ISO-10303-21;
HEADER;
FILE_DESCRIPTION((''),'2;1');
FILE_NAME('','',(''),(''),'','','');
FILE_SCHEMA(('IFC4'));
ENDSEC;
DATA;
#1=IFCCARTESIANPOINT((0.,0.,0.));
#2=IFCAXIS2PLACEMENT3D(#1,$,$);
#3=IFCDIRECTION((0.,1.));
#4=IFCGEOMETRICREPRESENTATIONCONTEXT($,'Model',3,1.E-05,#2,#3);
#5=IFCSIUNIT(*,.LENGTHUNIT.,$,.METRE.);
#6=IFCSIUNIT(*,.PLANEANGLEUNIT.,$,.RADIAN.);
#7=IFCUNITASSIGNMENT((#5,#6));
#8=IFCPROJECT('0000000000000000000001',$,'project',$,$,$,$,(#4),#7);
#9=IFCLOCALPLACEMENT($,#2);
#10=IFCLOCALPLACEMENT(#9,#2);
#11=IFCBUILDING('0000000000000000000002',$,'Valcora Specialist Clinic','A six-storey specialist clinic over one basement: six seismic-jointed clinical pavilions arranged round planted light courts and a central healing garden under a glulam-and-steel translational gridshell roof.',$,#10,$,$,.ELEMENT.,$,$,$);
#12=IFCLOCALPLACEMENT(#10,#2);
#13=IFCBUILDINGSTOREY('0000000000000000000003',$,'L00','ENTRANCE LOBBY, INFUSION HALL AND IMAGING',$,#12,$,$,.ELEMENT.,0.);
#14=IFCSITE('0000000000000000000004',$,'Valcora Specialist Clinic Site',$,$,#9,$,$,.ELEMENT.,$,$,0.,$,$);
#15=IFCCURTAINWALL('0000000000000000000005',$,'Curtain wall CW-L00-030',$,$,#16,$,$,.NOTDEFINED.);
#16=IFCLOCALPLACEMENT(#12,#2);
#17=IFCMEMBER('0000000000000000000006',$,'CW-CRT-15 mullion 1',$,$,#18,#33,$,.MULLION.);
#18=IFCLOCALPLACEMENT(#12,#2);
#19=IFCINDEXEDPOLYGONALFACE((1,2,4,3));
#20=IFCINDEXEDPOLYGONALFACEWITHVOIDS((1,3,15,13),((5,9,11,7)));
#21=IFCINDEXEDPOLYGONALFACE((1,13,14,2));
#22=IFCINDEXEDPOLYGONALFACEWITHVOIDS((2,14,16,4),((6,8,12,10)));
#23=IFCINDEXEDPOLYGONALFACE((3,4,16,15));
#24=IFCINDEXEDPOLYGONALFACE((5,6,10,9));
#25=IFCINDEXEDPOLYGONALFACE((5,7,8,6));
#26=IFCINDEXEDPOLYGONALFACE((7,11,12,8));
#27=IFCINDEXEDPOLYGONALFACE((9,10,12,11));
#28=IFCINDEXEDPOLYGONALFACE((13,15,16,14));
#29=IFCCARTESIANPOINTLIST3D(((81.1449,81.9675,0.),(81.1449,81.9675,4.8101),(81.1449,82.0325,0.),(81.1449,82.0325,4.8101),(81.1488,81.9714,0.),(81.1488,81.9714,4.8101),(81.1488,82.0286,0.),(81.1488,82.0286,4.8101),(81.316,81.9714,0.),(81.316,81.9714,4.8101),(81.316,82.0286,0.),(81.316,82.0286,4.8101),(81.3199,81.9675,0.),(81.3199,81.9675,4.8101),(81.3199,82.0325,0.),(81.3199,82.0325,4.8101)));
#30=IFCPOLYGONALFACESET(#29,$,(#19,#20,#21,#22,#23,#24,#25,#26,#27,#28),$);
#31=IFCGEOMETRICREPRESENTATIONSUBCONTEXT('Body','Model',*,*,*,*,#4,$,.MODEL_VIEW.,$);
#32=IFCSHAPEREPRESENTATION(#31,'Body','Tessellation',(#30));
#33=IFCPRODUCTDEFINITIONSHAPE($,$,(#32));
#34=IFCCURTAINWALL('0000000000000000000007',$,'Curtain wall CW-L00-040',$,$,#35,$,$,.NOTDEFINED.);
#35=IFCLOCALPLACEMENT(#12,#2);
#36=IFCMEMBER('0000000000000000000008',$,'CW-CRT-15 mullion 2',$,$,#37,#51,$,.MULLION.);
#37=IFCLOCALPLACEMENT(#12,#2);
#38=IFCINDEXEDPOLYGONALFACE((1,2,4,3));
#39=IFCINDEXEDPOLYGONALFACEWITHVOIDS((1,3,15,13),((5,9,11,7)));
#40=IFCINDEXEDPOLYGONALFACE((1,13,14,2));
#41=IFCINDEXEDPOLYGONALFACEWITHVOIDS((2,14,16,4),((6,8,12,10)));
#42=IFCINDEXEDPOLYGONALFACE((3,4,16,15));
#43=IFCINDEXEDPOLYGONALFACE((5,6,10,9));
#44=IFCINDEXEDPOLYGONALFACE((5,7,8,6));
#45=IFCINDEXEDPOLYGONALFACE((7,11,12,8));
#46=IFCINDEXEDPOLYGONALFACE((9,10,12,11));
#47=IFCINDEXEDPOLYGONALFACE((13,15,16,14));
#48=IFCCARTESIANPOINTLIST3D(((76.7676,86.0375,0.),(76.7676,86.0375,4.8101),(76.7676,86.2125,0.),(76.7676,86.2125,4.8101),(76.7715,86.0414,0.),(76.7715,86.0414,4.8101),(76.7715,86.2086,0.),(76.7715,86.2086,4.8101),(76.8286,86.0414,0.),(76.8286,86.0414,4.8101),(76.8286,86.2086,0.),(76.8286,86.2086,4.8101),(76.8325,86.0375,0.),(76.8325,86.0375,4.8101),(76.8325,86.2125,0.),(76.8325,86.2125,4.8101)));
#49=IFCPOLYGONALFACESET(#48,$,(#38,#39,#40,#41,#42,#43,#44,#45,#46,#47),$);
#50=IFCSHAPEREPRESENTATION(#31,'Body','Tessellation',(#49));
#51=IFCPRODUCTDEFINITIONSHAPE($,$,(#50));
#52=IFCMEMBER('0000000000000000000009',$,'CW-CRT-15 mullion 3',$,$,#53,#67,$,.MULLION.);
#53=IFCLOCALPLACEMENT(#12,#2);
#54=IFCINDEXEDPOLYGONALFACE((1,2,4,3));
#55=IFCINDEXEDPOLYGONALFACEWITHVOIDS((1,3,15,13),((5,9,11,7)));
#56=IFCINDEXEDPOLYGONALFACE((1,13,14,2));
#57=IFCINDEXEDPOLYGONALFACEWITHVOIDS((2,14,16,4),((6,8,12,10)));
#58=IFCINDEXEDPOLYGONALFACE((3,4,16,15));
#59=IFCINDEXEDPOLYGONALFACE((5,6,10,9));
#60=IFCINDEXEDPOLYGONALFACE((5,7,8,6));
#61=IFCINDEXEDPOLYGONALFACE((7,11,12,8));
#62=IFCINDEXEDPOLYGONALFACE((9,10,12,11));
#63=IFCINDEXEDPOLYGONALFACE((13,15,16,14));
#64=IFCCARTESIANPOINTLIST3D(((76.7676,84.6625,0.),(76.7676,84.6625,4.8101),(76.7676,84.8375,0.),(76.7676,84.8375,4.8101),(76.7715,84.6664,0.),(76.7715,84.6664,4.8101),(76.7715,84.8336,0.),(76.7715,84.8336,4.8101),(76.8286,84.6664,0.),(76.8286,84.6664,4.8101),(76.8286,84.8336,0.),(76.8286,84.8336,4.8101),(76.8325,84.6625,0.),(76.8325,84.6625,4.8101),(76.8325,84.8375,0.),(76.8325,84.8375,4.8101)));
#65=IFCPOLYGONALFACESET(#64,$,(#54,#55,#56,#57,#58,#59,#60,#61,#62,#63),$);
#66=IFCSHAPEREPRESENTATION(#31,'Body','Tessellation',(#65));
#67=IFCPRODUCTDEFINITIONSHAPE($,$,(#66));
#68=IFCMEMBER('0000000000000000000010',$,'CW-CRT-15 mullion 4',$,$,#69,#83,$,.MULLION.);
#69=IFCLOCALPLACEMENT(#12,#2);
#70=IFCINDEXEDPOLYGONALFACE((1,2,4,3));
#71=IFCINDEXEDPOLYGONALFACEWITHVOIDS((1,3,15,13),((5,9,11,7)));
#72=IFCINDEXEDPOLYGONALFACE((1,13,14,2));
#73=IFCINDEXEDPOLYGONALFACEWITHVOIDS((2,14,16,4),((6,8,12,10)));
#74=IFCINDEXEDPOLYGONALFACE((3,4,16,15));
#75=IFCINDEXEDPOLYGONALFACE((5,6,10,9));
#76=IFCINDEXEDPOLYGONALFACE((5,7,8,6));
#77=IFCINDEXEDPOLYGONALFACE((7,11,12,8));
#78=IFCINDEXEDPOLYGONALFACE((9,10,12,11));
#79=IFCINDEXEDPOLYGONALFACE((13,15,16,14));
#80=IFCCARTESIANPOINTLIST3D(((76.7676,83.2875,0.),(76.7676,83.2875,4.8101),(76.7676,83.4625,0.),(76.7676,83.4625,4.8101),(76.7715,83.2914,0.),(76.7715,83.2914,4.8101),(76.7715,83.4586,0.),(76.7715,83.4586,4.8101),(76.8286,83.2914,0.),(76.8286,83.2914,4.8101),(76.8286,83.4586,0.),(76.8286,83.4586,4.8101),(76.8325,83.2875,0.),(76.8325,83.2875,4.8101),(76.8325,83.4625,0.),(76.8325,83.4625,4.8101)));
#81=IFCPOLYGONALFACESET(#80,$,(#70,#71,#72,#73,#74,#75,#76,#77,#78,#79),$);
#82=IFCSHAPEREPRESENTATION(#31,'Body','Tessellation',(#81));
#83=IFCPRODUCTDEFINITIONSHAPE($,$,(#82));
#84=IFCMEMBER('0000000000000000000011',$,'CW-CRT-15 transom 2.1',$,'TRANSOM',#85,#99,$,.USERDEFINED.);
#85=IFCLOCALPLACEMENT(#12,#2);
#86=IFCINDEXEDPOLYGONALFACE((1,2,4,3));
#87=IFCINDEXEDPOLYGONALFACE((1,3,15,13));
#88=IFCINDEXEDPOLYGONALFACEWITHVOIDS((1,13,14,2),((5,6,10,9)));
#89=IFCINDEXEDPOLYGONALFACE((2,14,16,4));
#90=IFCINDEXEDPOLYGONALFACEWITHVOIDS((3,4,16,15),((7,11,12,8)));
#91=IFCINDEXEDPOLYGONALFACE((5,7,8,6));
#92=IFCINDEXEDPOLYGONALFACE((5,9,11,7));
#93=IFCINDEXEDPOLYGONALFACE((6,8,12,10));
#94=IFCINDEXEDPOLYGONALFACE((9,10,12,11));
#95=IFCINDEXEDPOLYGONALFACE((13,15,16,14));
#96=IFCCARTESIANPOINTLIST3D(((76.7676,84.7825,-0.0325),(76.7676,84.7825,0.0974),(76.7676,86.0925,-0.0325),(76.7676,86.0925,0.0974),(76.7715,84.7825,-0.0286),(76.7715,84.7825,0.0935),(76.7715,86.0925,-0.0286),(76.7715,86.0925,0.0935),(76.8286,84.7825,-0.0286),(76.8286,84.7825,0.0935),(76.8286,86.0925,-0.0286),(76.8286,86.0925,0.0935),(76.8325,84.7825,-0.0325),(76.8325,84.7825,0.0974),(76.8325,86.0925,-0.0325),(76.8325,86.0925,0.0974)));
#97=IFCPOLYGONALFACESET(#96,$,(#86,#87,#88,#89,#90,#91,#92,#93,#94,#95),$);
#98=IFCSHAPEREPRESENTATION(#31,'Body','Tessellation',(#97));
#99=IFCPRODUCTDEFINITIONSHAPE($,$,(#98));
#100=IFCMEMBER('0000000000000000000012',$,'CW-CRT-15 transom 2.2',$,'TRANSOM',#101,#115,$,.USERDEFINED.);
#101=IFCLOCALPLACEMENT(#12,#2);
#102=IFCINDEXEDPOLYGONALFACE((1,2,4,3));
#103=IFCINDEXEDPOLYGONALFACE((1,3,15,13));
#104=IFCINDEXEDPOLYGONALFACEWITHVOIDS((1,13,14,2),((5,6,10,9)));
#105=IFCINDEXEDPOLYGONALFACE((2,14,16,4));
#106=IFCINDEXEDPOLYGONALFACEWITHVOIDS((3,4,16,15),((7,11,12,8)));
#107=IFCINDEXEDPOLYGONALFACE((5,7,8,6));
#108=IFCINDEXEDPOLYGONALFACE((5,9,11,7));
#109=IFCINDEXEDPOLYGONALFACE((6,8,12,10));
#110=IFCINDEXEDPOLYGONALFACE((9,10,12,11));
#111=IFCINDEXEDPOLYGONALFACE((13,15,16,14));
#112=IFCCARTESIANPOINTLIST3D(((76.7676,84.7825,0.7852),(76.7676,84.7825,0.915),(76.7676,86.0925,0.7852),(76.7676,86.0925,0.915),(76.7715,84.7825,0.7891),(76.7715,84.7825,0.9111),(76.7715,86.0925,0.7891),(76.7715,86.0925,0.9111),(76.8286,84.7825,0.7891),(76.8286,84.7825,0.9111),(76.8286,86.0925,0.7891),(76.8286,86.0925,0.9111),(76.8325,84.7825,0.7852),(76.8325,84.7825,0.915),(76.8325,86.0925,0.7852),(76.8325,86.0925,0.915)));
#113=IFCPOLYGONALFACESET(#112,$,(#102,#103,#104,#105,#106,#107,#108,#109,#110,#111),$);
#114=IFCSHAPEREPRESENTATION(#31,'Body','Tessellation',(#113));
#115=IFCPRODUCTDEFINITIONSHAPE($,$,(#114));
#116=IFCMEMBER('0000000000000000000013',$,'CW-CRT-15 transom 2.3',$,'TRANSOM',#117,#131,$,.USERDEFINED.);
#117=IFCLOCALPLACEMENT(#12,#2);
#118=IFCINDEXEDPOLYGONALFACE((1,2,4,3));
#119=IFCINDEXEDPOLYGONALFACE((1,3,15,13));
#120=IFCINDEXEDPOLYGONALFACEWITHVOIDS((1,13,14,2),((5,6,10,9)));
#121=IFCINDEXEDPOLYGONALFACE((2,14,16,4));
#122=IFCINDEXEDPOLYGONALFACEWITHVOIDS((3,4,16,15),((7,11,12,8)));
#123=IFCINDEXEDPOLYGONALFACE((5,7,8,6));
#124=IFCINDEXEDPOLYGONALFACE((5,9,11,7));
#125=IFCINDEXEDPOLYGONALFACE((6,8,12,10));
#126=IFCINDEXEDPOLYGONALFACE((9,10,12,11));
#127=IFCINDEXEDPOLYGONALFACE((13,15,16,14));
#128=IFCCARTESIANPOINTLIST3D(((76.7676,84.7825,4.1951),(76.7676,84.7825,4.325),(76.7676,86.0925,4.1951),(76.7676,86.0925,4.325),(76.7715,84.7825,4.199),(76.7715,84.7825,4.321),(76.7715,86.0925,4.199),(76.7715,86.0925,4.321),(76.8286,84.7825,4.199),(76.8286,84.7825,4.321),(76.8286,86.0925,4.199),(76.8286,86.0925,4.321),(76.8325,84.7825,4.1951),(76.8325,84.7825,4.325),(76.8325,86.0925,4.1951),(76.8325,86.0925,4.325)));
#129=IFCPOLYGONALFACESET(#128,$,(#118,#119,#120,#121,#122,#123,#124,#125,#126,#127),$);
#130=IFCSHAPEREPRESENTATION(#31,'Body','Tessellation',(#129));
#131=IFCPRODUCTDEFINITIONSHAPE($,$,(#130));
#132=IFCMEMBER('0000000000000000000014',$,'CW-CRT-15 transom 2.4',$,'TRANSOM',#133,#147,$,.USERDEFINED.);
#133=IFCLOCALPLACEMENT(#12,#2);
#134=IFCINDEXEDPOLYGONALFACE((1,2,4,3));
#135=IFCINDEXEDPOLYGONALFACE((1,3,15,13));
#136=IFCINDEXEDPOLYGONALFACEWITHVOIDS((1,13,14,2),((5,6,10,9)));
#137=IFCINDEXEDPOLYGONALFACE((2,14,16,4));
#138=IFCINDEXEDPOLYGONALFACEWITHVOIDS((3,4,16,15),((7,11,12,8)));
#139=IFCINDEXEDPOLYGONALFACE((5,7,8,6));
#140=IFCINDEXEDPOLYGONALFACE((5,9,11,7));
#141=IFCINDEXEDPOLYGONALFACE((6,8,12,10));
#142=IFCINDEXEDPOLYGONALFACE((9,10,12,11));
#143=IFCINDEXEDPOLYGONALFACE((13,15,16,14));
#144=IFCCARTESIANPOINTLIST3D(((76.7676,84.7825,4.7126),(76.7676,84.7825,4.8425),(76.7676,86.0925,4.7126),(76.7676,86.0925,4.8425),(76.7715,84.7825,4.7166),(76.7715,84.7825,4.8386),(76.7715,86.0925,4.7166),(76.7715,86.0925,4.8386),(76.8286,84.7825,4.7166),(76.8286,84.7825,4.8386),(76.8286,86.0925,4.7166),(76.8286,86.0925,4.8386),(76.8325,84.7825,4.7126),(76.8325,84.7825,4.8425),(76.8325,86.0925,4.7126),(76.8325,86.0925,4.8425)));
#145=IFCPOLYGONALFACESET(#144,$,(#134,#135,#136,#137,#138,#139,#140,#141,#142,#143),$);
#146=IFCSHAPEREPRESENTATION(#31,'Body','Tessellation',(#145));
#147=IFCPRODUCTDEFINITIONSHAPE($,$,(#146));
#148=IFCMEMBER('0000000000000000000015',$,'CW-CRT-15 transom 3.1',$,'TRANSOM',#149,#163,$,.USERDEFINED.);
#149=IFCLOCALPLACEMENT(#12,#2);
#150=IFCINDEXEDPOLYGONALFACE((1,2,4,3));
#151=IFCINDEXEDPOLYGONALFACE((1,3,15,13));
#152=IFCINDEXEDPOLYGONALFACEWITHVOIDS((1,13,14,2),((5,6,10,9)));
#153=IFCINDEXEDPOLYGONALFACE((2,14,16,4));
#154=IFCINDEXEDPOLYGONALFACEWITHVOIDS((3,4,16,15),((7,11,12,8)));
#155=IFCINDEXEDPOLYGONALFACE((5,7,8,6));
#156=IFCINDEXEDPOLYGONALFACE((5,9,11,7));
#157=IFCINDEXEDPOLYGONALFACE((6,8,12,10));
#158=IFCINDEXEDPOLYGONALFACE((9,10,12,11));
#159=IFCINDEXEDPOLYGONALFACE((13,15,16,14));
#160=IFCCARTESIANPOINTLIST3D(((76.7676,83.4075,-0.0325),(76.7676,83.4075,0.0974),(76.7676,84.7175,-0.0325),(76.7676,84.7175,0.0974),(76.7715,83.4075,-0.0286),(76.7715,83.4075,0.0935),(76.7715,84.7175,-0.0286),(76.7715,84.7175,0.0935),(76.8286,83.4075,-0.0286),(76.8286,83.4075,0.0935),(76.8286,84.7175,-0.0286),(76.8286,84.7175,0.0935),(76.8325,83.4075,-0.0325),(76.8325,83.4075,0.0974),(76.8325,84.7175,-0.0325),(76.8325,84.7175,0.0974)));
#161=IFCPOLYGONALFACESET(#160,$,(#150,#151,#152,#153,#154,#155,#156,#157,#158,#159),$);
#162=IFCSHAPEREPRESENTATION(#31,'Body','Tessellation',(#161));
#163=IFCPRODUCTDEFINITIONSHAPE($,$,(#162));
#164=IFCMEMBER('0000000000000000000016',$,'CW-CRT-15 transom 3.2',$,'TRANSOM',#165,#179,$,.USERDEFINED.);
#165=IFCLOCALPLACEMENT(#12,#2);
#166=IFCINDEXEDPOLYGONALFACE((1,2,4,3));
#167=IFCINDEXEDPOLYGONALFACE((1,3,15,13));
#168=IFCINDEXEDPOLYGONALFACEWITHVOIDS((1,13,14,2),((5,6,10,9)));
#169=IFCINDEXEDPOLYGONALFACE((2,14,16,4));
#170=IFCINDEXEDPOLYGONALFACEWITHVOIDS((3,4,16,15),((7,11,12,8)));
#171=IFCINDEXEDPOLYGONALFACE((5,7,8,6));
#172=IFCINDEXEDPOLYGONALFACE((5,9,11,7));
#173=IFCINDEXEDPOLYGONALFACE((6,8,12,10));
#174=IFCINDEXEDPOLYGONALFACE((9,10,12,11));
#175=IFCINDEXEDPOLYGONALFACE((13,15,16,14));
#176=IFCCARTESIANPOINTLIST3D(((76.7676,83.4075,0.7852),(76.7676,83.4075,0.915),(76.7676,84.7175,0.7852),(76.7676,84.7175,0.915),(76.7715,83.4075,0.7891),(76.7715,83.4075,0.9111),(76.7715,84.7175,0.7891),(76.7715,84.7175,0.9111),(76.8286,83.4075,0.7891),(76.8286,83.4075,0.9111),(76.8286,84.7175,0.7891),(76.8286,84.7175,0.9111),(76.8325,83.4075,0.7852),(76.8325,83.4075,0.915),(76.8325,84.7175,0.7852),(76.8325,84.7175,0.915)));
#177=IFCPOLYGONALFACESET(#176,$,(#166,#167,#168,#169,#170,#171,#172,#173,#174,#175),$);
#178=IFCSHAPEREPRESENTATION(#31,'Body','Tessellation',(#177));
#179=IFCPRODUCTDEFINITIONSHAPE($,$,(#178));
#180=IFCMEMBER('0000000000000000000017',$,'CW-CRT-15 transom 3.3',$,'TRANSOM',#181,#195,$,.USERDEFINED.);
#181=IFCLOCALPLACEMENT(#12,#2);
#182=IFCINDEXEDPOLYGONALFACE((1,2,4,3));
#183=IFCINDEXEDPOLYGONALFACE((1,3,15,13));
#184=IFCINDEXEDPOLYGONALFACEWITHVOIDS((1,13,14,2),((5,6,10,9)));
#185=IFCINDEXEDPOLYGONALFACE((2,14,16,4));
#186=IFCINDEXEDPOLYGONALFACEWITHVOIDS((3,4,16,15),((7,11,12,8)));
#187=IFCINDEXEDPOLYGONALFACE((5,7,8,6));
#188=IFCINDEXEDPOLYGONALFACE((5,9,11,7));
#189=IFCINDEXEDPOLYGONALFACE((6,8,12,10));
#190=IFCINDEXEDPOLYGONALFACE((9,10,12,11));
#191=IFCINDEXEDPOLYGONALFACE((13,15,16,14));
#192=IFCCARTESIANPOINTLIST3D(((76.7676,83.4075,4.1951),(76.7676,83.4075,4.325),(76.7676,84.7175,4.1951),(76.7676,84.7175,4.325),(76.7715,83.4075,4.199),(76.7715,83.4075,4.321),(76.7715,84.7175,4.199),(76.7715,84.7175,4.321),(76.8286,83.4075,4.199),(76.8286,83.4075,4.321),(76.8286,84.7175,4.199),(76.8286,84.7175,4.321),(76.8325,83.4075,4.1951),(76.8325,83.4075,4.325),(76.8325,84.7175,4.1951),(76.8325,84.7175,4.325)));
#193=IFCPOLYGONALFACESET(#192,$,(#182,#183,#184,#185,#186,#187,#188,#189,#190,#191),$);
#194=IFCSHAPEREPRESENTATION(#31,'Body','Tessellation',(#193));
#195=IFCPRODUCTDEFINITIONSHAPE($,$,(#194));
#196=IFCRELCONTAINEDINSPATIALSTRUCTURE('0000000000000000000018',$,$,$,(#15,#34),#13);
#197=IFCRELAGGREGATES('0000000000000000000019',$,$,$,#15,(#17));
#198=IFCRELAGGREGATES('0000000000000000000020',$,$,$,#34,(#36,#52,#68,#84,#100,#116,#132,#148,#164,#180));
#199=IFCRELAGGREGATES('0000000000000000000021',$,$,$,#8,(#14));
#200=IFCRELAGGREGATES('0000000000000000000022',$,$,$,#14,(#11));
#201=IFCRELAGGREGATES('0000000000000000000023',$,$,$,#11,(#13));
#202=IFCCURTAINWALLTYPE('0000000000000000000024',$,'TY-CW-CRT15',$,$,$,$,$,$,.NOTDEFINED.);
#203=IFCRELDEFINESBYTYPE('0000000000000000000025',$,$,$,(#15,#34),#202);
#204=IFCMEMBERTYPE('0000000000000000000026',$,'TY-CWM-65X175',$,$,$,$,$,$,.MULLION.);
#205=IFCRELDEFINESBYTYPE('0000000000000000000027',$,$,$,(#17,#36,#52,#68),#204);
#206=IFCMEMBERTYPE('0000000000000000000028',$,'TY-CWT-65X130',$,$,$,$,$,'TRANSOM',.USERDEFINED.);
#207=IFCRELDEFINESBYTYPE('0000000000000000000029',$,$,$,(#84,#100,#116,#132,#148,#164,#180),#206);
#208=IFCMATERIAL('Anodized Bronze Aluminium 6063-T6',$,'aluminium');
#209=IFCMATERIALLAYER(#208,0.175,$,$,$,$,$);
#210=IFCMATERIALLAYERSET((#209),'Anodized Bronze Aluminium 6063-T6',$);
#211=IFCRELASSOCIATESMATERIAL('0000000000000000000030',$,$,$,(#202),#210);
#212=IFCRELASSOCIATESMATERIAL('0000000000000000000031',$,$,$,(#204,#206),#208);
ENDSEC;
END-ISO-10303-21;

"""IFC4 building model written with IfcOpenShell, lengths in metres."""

from ifc_helpers import new_model, si_unit, direction, frame, origin, origin_2d, place, context, subcontext, project, spatial, hollow_rectangle, extrude, material, layer, layer_set, material_profile, profile_set, type_object, element, aggregate, save


model = new_model("IFC4")

# Units and contexts
model_context = context("Model", 3, precision=1e-05, world=origin(), true_north=direction((0.0, 1.0)))
body_context = subcontext(model_context, "Body", "Model", "MODEL_VIEW")
ifc_project = project(units=[si_unit("LENGTHUNIT", "METRE"), si_unit("PLANEANGLEUNIT", "RADIAN")], contexts=[model_context])

# Site, building, storey
site_placement = place(None, origin())
site = spatial("IfcSite", under=ifc_project, at=site_placement, Name="Valcora Specialist Clinic Site", CompositionType="ELEMENT", RefElevation=0.0)
building_placement = place(site_placement, origin())
building = spatial("IfcBuilding", under=site, at=building_placement, Name="Valcora Specialist Clinic", Description="A six-storey specialist clinic over one basement: six seismic-jointed clinical pavilions arranged round planted light courts and a central healing garden under a glulam-and-steel translational gridshell roof.", CompositionType="ELEMENT")
storey_placement = place(building_placement, origin())
storey = spatial("IfcBuildingStorey", under=building, at=storey_placement, Name="L00", Description="ENTRANCE LOBBY, INFUSION HALL AND IMAGING", CompositionType="ELEMENT", Elevation=0.0)

# Curtain wall, member
ifc_material_1 = material(Name="Anodized Bronze Aluminium 6063-T6", Category="aluminium")
ifc_layer_1 = layer(ifc_material_1, 0.175)
ifc_layer_set_1 = layer_set([ifc_layer_1], Name="Anodized Bronze Aluminium 6063-T6")
curtain_wall_type = type_object("IfcCurtainWallType", Name="TY-CW-CRT15", PredefinedType="NOTDEFINED", material=ifc_layer_set_1)
curtain_wall_1_placement = place(storey_placement, origin())
curtain_wall_1 = element("IfcCurtainWall", 1, at=curtain_wall_1_placement, inside=storey, type_object=curtain_wall_type, Name="Curtain wall CW-L00-030", PredefinedType="NOTDEFINED")
ifc_material_profile_1 = material_profile(ifc_material_1, hollow_rectangle(XDim=0.0649, YDim=0.175, WallThickness=0.0039, at=origin_2d()), Name="AL-MUL-65X175")
ifc_profile_set_1 = profile_set([ifc_material_profile_1], Name="Anodized Bronze Aluminium 6063-T6")
member_type_1 = type_object("IfcMemberType", Name="TY-CWM-65X175", PredefinedType="MULLION", material=ifc_profile_set_1)
member_1_placement = place(storey_placement, frame((81.2324, 82.0, 0.0), z_axis=(0.0, 0.0, 1.0), x_axis=(0.0, 1.0, 0.0)))
member_1 = element("IfcMember", 2, at=member_1_placement, type_object=member_type_1, Name="CW-CRT-15 mullion 1", PredefinedType="MULLION", context=body_context, shape_type="SweptSolid", body=[
    extrude(hollow_rectangle(XDim=0.0649, YDim=0.175, WallThickness=0.0039, at=origin_2d()), origin(), (0.0, 0.0, 1.0), 4.8101),
])
aggregate(curtain_wall_1, [member_1])

# Curtain wall, members
curtain_wall_2_placement = place(storey_placement, origin())
curtain_wall_2 = element("IfcCurtainWall", 3, at=curtain_wall_2_placement, inside=storey, type_object=curtain_wall_type, Name="Curtain wall CW-L00-040", PredefinedType="NOTDEFINED")
member_2_placement = place(storey_placement, frame((76.8, 86.125, 0.0), z_axis=(0.0, 0.0, 1.0), x_axis=(1.0, 0.0, 0.0)))
member_2 = element("IfcMember", 4, at=member_2_placement, type_object=member_type_1, Name="CW-CRT-15 mullion 2", PredefinedType="MULLION", context=body_context, shape_type="SweptSolid", body=[
    extrude(hollow_rectangle(XDim=0.0649, YDim=0.175, WallThickness=0.0039, at=origin_2d()), origin(), (0.0, 0.0, 1.0), 4.8101),
])
member_3_placement = place(storey_placement, frame((76.8, 84.75, 0.0), z_axis=(0.0, 0.0, 1.0), x_axis=(1.0, 0.0, 0.0)))
member_3 = element("IfcMember", 5, at=member_3_placement, type_object=member_type_1, Name="CW-CRT-15 mullion 3", PredefinedType="MULLION", context=body_context, shape_type="SweptSolid", body=[
    extrude(hollow_rectangle(XDim=0.0649, YDim=0.175, WallThickness=0.0039, at=origin_2d()), origin(), (0.0, 0.0, 1.0), 4.8101),
])
member_4_placement = place(storey_placement, frame((76.8, 83.375, 0.0), z_axis=(0.0, 0.0, 1.0), x_axis=(1.0, 0.0, 0.0)))
member_4 = element("IfcMember", 6, at=member_4_placement, type_object=member_type_1, Name="CW-CRT-15 mullion 4", PredefinedType="MULLION", context=body_context, shape_type="SweptSolid", body=[
    extrude(hollow_rectangle(XDim=0.0649, YDim=0.175, WallThickness=0.0039, at=origin_2d()), origin(), (0.0, 0.0, 1.0), 4.8101),
])
ifc_material_profile_2 = material_profile(ifc_material_1, hollow_rectangle(XDim=0.0649, YDim=0.1299, WallThickness=0.0039, at=origin_2d()), Name="AL-TRN-65X130")
ifc_profile_set_2 = profile_set([ifc_material_profile_2], Name="Anodized Bronze Aluminium 6063-T6")
member_type_2 = type_object("IfcMemberType", Name="TY-CWT-65X130", ElementType="TRANSOM", PredefinedType="USERDEFINED", material=ifc_profile_set_2)
member_5_placement = place(storey_placement, frame((76.8, 86.0925, 0.0325), z_axis=(0.0, -1.0, 0.0), x_axis=(1.0, 0.0, 0.0)))
member_5 = element("IfcMember", 7, at=member_5_placement, type_object=member_type_2, Name="CW-CRT-15 transom 2.1", ObjectType="TRANSOM", PredefinedType="USERDEFINED", context=body_context, shape_type="SweptSolid", body=[
    extrude(hollow_rectangle(XDim=0.0649, YDim=0.1299, WallThickness=0.0039, at=origin_2d()), origin(), (0.0, 0.0, 1.0), 1.3101),
])
member_6_placement = place(storey_placement, frame((76.8, 86.0925, 0.8501), z_axis=(0.0, -1.0, 0.0), x_axis=(1.0, 0.0, 0.0)))
member_6 = element("IfcMember", 8, at=member_6_placement, type_object=member_type_2, Name="CW-CRT-15 transom 2.2", ObjectType="TRANSOM", PredefinedType="USERDEFINED", context=body_context, shape_type="SweptSolid", body=[
    extrude(hollow_rectangle(XDim=0.0649, YDim=0.1299, WallThickness=0.0039, at=origin_2d()), origin(), (0.0, 0.0, 1.0), 1.3101),
])
member_7_placement = place(storey_placement, frame((76.8, 86.0925, 4.26), z_axis=(0.0, -1.0, 0.0), x_axis=(1.0, 0.0, 0.0)))
member_7 = element("IfcMember", 9, at=member_7_placement, type_object=member_type_2, Name="CW-CRT-15 transom 2.3", ObjectType="TRANSOM", PredefinedType="USERDEFINED", context=body_context, shape_type="SweptSolid", body=[
    extrude(hollow_rectangle(XDim=0.0649, YDim=0.1299, WallThickness=0.0039, at=origin_2d()), origin(), (0.0, 0.0, 1.0), 1.3101),
])
member_8_placement = place(storey_placement, frame((76.8, 86.0925, 4.7776), z_axis=(0.0, -1.0, 0.0), x_axis=(1.0, 0.0, 0.0)))
member_8 = element("IfcMember", 10, at=member_8_placement, type_object=member_type_2, Name="CW-CRT-15 transom 2.4", ObjectType="TRANSOM", PredefinedType="USERDEFINED", context=body_context, shape_type="SweptSolid", body=[
    extrude(hollow_rectangle(XDim=0.0649, YDim=0.1299, WallThickness=0.0039, at=origin_2d()), origin(), (0.0, 0.0, 1.0), 1.3101),
])
member_9_placement = place(storey_placement, frame((76.8, 84.7175, 0.0325), z_axis=(0.0, -1.0, 0.0), x_axis=(1.0, 0.0, 0.0)))
member_9 = element("IfcMember", 11, at=member_9_placement, type_object=member_type_2, Name="CW-CRT-15 transom 3.1", ObjectType="TRANSOM", PredefinedType="USERDEFINED", context=body_context, shape_type="SweptSolid", body=[
    extrude(hollow_rectangle(XDim=0.0649, YDim=0.1299, WallThickness=0.0039, at=origin_2d()), origin(), (0.0, 0.0, 1.0), 1.3101),
])
member_10_placement = place(storey_placement, frame((76.8, 84.7175, 0.8501), z_axis=(0.0, -1.0, 0.0), x_axis=(1.0, 0.0, 0.0)))
member_10 = element("IfcMember", 12, at=member_10_placement, type_object=member_type_2, Name="CW-CRT-15 transom 3.2", ObjectType="TRANSOM", PredefinedType="USERDEFINED", context=body_context, shape_type="SweptSolid", body=[
    extrude(hollow_rectangle(XDim=0.0649, YDim=0.1299, WallThickness=0.0039, at=origin_2d()), origin(), (0.0, 0.0, 1.0), 1.3101),
])
member_11_placement = place(storey_placement, frame((76.8, 84.7175, 4.26), z_axis=(0.0, -1.0, 0.0), x_axis=(1.0, 0.0, 0.0)))
member_11 = element("IfcMember", 13, at=member_11_placement, type_object=member_type_2, Name="CW-CRT-15 transom 3.3", ObjectType="TRANSOM", PredefinedType="USERDEFINED", context=body_context, shape_type="SweptSolid", body=[
    extrude(hollow_rectangle(XDim=0.0649, YDim=0.1299, WallThickness=0.0039, at=origin_2d()), origin(), (0.0, 0.0, 1.0), 1.3101),
])
aggregate(curtain_wall_2, [member_2, member_3, member_4, member_5, member_6, member_7, member_8, member_9, member_10, member_11])

save(model, "model.ifc")
